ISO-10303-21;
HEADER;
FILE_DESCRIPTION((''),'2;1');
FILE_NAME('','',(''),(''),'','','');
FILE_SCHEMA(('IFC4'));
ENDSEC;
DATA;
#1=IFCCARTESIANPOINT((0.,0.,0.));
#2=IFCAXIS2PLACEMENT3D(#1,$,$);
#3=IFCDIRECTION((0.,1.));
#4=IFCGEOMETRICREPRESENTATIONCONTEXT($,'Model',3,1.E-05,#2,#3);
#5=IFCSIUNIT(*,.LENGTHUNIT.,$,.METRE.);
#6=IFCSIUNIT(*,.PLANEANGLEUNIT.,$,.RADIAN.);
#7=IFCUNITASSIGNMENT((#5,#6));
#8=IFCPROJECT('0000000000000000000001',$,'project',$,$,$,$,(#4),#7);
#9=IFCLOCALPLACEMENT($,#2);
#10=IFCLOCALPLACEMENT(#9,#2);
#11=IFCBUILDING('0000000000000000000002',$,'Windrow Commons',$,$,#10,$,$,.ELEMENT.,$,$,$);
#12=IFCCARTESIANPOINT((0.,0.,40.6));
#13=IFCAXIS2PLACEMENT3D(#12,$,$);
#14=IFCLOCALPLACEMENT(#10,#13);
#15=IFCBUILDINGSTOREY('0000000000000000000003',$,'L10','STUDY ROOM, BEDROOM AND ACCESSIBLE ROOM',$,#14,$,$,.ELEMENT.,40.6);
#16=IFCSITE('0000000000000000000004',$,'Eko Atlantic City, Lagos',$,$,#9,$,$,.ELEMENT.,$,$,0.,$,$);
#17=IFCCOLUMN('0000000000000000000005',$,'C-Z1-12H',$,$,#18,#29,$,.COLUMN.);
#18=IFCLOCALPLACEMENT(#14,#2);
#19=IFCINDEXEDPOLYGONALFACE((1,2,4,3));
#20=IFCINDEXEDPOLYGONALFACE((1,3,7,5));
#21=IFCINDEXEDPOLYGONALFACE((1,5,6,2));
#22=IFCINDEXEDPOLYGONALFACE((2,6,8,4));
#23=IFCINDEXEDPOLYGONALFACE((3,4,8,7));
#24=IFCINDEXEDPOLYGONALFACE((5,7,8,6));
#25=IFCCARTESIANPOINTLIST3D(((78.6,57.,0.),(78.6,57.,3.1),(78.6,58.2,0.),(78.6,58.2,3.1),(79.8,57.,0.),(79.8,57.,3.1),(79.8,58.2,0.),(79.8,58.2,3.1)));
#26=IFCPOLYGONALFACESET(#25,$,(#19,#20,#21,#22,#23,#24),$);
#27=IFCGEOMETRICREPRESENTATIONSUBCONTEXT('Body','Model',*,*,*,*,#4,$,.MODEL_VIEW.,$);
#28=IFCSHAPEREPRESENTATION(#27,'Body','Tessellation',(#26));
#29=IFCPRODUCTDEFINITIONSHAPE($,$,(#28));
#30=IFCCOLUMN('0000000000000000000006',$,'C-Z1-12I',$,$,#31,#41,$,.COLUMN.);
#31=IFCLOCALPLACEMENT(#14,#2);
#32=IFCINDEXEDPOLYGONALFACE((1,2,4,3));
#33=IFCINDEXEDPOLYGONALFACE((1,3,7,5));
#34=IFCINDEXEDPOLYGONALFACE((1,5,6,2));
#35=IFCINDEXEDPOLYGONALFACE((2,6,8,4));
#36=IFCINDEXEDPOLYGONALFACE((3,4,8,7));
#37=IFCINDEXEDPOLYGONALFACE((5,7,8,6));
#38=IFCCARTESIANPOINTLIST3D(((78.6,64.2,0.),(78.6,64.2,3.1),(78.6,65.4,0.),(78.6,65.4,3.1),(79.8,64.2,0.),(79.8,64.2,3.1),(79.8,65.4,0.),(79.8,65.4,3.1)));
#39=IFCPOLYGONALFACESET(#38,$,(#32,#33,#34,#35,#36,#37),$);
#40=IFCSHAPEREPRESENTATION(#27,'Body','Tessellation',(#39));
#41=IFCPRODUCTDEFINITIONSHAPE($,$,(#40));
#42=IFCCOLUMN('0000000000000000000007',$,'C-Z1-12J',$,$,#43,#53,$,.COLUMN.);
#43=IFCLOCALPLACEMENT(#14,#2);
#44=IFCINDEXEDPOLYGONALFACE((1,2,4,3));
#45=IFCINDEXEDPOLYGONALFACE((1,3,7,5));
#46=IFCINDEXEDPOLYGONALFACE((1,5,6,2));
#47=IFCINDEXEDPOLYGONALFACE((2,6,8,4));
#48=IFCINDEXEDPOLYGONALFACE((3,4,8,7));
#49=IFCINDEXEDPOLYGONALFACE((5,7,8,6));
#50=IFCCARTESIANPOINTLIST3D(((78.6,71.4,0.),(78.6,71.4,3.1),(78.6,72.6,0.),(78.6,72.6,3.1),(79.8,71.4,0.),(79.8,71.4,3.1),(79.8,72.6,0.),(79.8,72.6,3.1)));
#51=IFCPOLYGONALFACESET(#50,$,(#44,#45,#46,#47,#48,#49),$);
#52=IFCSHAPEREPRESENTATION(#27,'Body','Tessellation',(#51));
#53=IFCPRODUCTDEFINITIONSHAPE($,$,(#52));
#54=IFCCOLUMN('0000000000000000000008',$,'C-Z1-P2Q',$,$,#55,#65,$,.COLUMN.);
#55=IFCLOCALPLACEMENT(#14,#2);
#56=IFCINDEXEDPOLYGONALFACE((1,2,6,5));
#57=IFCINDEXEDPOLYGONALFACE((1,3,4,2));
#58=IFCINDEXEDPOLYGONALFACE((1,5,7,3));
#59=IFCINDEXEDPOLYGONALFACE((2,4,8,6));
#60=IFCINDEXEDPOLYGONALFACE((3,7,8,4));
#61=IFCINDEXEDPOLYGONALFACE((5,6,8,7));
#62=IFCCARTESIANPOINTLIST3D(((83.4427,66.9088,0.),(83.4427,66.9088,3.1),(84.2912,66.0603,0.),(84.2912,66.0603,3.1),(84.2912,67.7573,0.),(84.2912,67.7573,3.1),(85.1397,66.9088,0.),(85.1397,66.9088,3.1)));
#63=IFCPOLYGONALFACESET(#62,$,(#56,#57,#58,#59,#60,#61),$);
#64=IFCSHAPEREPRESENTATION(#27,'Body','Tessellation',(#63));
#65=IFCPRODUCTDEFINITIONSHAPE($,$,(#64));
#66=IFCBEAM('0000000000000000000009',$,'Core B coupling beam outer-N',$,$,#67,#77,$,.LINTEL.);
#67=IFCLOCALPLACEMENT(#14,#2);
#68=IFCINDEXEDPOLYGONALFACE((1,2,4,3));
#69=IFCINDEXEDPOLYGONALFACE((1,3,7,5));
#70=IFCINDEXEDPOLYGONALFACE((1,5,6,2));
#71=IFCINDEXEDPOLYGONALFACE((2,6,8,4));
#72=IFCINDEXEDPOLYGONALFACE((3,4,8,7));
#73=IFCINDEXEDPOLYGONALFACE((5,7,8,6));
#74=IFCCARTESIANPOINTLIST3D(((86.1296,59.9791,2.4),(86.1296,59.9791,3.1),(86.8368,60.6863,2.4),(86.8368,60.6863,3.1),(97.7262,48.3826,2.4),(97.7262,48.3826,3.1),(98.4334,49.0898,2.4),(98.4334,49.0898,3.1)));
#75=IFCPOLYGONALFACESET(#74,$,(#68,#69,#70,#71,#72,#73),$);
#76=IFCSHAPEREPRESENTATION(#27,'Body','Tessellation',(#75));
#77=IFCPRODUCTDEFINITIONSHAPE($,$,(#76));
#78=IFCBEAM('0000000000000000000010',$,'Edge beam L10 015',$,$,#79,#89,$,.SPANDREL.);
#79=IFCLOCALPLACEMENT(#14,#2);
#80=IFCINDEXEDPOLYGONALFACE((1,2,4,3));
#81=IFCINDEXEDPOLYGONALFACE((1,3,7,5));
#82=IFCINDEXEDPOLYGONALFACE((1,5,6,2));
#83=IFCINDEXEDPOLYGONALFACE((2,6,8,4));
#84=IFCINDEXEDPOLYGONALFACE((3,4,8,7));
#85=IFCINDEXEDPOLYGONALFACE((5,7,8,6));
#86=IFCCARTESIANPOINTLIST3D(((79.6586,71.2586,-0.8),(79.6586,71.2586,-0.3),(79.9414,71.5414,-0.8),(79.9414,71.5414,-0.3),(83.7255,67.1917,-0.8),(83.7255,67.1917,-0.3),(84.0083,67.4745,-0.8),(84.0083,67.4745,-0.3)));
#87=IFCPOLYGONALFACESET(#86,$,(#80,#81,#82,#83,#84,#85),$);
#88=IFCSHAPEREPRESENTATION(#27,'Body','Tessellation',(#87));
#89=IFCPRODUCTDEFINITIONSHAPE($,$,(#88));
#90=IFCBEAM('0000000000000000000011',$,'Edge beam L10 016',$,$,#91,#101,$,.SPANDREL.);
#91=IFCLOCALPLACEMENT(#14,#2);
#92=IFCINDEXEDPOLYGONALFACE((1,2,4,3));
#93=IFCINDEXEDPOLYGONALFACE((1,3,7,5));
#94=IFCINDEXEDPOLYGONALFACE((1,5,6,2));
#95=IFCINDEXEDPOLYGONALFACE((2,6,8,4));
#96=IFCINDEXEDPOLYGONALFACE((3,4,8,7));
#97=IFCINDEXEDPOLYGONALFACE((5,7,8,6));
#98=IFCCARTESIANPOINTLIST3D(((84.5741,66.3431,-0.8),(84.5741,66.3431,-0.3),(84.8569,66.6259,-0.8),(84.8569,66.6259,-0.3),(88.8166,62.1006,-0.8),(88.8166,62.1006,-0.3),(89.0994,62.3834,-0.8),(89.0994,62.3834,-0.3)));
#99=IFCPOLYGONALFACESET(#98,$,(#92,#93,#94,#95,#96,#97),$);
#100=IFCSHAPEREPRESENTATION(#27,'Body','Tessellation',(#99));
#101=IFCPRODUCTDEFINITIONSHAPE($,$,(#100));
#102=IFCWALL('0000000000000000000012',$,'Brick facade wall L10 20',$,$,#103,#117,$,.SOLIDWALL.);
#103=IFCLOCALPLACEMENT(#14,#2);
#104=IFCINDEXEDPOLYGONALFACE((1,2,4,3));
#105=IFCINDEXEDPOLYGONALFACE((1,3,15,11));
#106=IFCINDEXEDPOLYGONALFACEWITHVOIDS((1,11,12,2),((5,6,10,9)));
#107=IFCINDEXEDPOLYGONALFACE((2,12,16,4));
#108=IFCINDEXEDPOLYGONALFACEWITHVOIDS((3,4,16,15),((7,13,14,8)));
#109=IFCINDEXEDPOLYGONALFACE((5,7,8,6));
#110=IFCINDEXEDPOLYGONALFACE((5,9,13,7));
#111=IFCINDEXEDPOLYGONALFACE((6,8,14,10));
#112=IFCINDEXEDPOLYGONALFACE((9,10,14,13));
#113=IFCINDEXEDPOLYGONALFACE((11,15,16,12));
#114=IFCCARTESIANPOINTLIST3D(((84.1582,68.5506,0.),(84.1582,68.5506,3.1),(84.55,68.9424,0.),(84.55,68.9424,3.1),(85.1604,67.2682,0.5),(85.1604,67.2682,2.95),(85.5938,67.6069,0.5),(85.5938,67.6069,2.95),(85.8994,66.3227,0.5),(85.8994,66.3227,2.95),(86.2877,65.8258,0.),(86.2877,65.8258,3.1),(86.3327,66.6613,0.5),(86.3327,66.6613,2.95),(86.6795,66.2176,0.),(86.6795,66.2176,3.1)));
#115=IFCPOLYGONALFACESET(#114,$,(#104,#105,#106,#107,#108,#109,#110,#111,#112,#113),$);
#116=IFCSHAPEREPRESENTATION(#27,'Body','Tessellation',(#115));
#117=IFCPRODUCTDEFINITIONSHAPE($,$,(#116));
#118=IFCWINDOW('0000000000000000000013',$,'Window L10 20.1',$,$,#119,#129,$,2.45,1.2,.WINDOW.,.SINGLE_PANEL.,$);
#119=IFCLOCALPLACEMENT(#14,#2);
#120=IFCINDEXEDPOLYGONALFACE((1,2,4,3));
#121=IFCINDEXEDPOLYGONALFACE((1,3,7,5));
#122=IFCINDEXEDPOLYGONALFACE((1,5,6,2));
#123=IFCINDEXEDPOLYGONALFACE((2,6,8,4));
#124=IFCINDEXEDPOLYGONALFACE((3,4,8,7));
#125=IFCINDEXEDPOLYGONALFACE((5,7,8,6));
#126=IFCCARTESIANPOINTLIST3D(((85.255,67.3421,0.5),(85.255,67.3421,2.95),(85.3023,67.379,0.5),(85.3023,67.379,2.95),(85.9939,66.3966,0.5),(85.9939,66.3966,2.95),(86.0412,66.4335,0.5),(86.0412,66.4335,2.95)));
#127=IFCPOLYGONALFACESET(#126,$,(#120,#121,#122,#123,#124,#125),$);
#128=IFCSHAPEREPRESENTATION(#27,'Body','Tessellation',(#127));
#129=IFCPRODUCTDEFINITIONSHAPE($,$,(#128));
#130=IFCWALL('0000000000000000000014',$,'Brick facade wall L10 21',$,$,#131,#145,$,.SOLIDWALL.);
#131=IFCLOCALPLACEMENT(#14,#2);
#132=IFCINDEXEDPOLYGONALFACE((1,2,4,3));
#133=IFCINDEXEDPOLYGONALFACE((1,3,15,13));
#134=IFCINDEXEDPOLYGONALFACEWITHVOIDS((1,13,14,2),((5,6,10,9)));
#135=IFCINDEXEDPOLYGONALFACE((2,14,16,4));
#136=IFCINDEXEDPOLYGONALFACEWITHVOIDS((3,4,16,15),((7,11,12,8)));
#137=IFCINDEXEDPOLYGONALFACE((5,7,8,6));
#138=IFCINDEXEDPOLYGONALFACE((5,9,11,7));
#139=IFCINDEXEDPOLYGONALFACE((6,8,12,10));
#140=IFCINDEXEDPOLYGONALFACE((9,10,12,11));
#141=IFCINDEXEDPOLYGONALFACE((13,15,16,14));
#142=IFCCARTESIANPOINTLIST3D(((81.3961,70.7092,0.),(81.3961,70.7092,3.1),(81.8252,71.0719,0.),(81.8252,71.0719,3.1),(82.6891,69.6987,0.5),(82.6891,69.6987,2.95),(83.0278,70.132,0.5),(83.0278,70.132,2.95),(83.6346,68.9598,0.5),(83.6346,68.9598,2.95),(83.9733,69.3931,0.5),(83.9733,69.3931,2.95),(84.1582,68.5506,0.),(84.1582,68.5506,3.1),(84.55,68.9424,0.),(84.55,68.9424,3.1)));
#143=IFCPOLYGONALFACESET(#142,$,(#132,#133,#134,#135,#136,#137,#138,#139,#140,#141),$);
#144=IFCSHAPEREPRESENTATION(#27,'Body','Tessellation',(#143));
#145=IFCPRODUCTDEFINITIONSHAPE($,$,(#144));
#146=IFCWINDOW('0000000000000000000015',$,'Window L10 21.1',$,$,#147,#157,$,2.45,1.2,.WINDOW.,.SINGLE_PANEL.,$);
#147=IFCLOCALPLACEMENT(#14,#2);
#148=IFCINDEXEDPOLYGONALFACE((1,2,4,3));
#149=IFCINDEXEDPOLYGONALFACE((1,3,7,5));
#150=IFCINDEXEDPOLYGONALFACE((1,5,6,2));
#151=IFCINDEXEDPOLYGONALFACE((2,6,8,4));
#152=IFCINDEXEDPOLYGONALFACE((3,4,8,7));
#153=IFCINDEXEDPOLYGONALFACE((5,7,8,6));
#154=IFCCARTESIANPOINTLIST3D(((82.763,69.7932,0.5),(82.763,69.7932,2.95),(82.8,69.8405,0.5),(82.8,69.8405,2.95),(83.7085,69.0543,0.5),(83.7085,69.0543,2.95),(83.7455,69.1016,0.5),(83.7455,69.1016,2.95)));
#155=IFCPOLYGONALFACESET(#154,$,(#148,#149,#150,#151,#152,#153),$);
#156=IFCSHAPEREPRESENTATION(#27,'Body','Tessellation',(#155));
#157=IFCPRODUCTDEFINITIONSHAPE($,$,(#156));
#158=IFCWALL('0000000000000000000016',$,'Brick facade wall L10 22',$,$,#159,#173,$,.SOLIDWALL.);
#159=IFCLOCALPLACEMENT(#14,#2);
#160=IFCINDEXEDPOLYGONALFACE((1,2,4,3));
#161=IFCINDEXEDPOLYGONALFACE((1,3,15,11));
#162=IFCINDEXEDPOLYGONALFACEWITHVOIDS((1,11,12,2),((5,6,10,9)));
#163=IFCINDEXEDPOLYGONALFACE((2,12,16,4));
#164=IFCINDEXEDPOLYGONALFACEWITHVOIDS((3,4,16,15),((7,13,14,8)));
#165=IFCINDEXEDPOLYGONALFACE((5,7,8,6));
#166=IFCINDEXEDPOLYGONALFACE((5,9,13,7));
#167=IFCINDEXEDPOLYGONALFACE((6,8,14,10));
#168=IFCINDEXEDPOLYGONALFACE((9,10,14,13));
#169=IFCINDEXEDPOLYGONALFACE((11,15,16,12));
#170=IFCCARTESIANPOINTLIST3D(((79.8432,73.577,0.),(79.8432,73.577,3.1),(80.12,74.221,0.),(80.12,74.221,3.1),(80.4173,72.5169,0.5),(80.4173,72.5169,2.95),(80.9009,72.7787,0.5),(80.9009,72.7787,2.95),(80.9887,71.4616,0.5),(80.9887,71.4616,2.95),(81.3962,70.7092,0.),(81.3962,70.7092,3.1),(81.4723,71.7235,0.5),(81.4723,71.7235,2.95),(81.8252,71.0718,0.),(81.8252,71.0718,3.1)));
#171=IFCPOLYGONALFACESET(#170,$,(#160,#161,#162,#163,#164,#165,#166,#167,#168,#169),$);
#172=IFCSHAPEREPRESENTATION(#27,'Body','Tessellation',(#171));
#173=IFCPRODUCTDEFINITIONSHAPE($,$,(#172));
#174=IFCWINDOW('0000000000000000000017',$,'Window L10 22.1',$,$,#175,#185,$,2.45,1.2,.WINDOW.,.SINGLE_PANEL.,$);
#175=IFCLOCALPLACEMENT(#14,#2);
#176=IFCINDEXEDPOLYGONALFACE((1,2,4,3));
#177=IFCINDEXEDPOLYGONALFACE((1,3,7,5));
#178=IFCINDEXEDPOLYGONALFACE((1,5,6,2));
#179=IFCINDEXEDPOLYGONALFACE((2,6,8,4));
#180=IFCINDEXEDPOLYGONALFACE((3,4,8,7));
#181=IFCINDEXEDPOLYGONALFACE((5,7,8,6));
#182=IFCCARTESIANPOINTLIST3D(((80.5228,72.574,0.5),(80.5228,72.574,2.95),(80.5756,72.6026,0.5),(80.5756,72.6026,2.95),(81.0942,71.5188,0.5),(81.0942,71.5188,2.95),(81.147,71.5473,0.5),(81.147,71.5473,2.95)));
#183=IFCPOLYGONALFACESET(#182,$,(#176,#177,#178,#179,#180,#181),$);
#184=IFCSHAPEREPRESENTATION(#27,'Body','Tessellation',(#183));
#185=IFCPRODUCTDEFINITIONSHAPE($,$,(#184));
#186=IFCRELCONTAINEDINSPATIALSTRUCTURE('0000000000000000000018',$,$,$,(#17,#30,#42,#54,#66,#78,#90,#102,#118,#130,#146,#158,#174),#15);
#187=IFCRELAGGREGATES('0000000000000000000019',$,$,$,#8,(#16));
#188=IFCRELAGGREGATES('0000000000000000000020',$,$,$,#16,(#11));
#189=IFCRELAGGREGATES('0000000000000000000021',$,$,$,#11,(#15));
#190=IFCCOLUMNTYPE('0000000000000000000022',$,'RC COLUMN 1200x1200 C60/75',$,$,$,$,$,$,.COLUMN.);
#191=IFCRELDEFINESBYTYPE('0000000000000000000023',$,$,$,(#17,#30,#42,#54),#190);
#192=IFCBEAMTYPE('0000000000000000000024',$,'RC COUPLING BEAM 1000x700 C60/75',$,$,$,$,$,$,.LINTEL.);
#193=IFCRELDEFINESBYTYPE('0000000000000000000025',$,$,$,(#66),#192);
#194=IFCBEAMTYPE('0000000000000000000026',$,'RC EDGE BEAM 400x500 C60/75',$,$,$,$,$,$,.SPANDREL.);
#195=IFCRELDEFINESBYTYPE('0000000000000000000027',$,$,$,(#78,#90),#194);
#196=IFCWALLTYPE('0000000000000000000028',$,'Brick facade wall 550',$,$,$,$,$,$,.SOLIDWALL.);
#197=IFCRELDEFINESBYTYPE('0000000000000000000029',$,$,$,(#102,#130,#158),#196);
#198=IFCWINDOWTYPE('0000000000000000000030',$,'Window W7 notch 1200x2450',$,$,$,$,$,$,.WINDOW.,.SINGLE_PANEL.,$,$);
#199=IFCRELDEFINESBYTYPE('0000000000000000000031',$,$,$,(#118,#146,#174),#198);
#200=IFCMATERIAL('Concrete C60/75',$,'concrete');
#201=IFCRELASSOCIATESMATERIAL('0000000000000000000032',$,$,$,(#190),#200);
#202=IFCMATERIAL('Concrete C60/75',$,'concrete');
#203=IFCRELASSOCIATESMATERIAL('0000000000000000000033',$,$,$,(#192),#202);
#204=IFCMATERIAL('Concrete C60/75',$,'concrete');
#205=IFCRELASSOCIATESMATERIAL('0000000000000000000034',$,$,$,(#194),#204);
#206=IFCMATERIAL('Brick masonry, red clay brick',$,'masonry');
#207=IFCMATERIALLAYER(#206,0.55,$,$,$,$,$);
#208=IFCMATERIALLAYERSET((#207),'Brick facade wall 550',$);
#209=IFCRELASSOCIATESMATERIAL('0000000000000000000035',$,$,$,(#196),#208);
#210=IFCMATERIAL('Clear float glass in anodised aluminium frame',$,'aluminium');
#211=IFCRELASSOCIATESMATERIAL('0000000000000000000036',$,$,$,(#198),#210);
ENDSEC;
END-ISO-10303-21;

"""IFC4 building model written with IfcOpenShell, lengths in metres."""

from ifc_helpers import new_model, si_unit, direction, frame, frame_2d, origin, origin_2d, place, context, subcontext, project, spatial, polyline, rectangle, outline, extrude, material, layer, layer_set, material_profile, profile_set, type_object, element, fill, save


model = new_model("IFC4")

# Units and contexts
model_context = context("Model", 3, precision=1e-05, world=origin(), true_north=direction((0.0, 1.0)))
body_context = subcontext(model_context, "Body", "Model", "MODEL_VIEW")
ifc_project = project(units=[si_unit("LENGTHUNIT", "METRE"), si_unit("PLANEANGLEUNIT", "RADIAN")], contexts=[model_context])

# Site, building, storey
site_placement = place(None, origin())
site = spatial("IfcSite", under=ifc_project, at=site_placement, Name="Eko Atlantic City, Lagos", CompositionType="ELEMENT", RefElevation=0.0)
building_placement = place(site_placement, origin())
building = spatial("IfcBuilding", under=site, at=building_placement, Name="Windrow Commons", CompositionType="ELEMENT")
storey_placement = place(building_placement, frame((0.0, 0.0, 40.6)))
storey = spatial("IfcBuildingStorey", under=building, at=storey_placement, Name="L10", Description="STUDY ROOM, BEDROOM AND ACCESSIBLE ROOM", CompositionType="ELEMENT", Elevation=40.6)

# Columns
ifc_material_1 = material(Name="Concrete C60/75", Category="concrete")
ifc_material_profile_1 = material_profile(ifc_material_1, rectangle(XDim=1.2, YDim=1.2, at=origin_2d()))
ifc_profile_set_1 = profile_set([ifc_material_profile_1], Name="Concrete C60/75")
column_type = type_object("IfcColumnType", Name="RC COLUMN 1200x1200 C60/75", PredefinedType="COLUMN", material=ifc_profile_set_1)
for number, where, z_axis, x_axis, name in (
    (1, (79.2, 57.6, 0.0), (0.0, 0.0, 1.0), (1.0, 0.0, 0.0), "C-Z1-12H"),
    (2, (79.2, 64.8, 0.0), (0.0, 0.0, 1.0), (1.0, 0.0, 0.0), "C-Z1-12I"),
    (3, (79.2, 72.0, 0.0), (0.0, 0.0, 1.0), (1.0, 0.0, 0.0), "C-Z1-12J"),
    (4, (84.2912, 66.9088, 0.0), (0.0, 0.0, 1.0), (0.707107, -0.707107, 0.0), "C-Z1-P2Q"),
):
    element("IfcColumn", number, at=place(storey_placement, frame(where, z_axis=z_axis, x_axis=x_axis)), inside=storey, type_object=column_type, Name=name, PredefinedType="COLUMN", context=body_context, shape_type="SweptSolid", body=[
        extrude(rectangle(XDim=1.2, YDim=1.2, at=origin_2d()), origin(), (0.0, 0.0, 1.0), 3.1),
    ])

# Beams
ifc_material_2 = material(Name="Concrete C60/75", Category="concrete")
ifc_material_profile_2 = material_profile(ifc_material_2, rectangle(XDim=1.0, YDim=0.7, at=origin_2d()))
ifc_profile_set_2 = profile_set([ifc_material_profile_2], Name="Concrete C60/75")
beam_type_1 = type_object("IfcBeamType", Name="RC COUPLING BEAM 1000x700 C60/75", PredefinedType="LINTEL", material=ifc_profile_set_2)
beam_1_placement = place(storey_placement, frame((86.4832, 60.3327, 2.75), z_axis=(0.70711, -0.707104, 0.0), x_axis=(0.707104, 0.70711, 0.0)))
element("IfcBeam", 5, at=beam_1_placement, inside=storey, type_object=beam_type_1, Name="Core B coupling beam outer-N", PredefinedType="LINTEL", context=body_context, shape_type="SweptSolid", body=[
    extrude(rectangle(XDim=1.0, YDim=0.7, at=origin_2d()), origin(), (0.0, 0.0, 1.0), 16.4),
])
ifc_material_3 = material(Name="Concrete C60/75", Category="concrete")
ifc_material_profile_3 = material_profile(ifc_material_3, rectangle(XDim=0.4, YDim=0.5, at=origin_2d()))
ifc_profile_set_3 = profile_set([ifc_material_profile_3], Name="Concrete C60/75")
beam_type_2 = type_object("IfcBeamType", Name="RC EDGE BEAM 400x500 C60/75", PredefinedType="SPANDREL", material=ifc_profile_set_3)
beam_2_placement = place(storey_placement, frame((79.8, 71.4, -0.55), z_axis=(0.707107, -0.707107, 0.0), x_axis=(0.707107, 0.707107, 0.0)))
element("IfcBeam", 6, at=beam_2_placement, inside=storey, type_object=beam_type_2, Name="Edge beam L10 015", PredefinedType="SPANDREL", context=body_context, shape_type="SweptSolid", body=[
    extrude(rectangle(XDim=0.4, YDim=0.5, at=origin_2d()), origin(), (0.0, 0.0, 1.0), 5.7515),
])
beam_3_placement = place(storey_placement, frame((84.7155, 66.4845, -0.55), z_axis=(0.707107, -0.707107, 0.0), x_axis=(0.707107, 0.707107, 0.0)))
element("IfcBeam", 7, at=beam_3_placement, inside=storey, type_object=beam_type_2, Name="Edge beam L10 016", PredefinedType="SPANDREL", context=body_context, shape_type="SweptSolid", body=[
    extrude(rectangle(XDim=0.4, YDim=0.5, at=origin_2d()), origin(), (0.0, 0.0, 1.0), 5.9998),
])

# Walls, openings, windows
ifc_material_4 = material(Name="Brick masonry, red clay brick", Category="masonry")
ifc_layer_1 = layer(ifc_material_4, 0.55)
ifc_layer_set_1 = layer_set([ifc_layer_1], Name="Brick facade wall 550")
wall_type_1 = type_object("IfcWallType", Name="Brick facade wall 550", PredefinedType="SOLIDWALL", material=ifc_layer_set_1)
wall_1_placement = place(storey_placement, frame((86.4836, 66.0217, 0.0), z_axis=(0.0, 0.0, 1.0), x_axis=(-0.615779, 0.787919, 0.0)))
wall_1 = element("IfcWall", 8, at=wall_1_placement, inside=storey, type_object=wall_type_1, Name="Brick facade wall L10 20", PredefinedType="SOLIDWALL", context=body_context, shape_type="SweptSolid", body=[
    extrude(outline(polyline([(0.0337, -0.275), (3.4919, -0.275), (3.4245, 0.275), (-0.0337, 0.275), (0.0337, -0.275)])), origin(), (0.0, 0.0, 1.0), 3.1),
])
opening_1_placement = place(wall_1_placement, frame((0.5969, 0.0, 0.5)))
opening_1 = element("IfcOpeningElement", 9, at=opening_1_placement, cuts=wall_1, PredefinedType="OPENING", context=body_context, shape_type="SweptSolid", body=[
    extrude(rectangle(XDim=1.2, YDim=2.45, at=frame_2d((0.6, 1.225))), frame((0.0, 0.285, 0.0), z_axis=(0.0, -1.0, 0.0), x_axis=(1.0, 0.0, 0.0)), (0.0, 0.0, 1.0), 0.57),
])
ifc_material_5 = material(Name="Clear float glass in anodised aluminium frame", Category="aluminium")
window_type = type_object("IfcWindowType", Name="Window W7 notch 1200x2450", PartitioningType="SINGLE_PANEL", PredefinedType="WINDOW", material=ifc_material_5)
window_1_placement = place(opening_1_placement, origin())
window_1 = element("IfcWindow", 10, at=window_1_placement, inside=storey, type_object=window_type, Name="Window L10 20.1", OverallHeight=2.45, OverallWidth=1.2, PartitioningType="SINGLE_PANEL", PredefinedType="WINDOW", context=body_context, shape_type="SweptSolid", body=[
    extrude(rectangle(XDim=1.2, YDim=2.45, at=frame_2d((0.6, 1.225))), frame((0.0, 0.155, 0.0), z_axis=(0.0, -1.0, 0.0), x_axis=(1.0, 0.0, 0.0)), (0.0, 0.0, 1.0), 0.06),
])
fill(opening_1, window_1)
wall_2_placement = place(storey_placement, frame((84.3541, 68.7465, 0.0), z_axis=(0.0, 0.0, 1.0), x_axis=(-0.787924, 0.615772, 0.0)))
wall_2 = element("IfcWall", 11, at=wall_2_placement, inside=storey, type_object=wall_type_1, Name="Brick facade wall L10 21", PredefinedType="SOLIDWALL", context=body_context, shape_type="SweptSolid", body=[
    extrude(outline(polyline([(-0.0337, -0.275), (3.4245, -0.275), (3.5392, 0.275), (0.0337, 0.275), (-0.0337, -0.275)])), origin(), (0.0, 0.0, 1.0), 3.1),
])
opening_2_placement = place(wall_2_placement, frame((0.6982, 0.0, 0.5)))
opening_2 = element("IfcOpeningElement", 12, at=opening_2_placement, cuts=wall_2, PredefinedType="OPENING", context=body_context, shape_type="SweptSolid", body=[
    extrude(rectangle(XDim=1.2, YDim=2.45, at=frame_2d((0.6, 1.225))), frame((0.0, 0.285, 0.0), z_axis=(0.0, -1.0, 0.0), x_axis=(1.0, 0.0, 0.0)), (0.0, 0.0, 1.0), 0.57),
])
window_2_placement = place(opening_2_placement, origin())
window_2 = element("IfcWindow", 13, at=window_2_placement, inside=storey, type_object=window_type, Name="Window L10 21.1", OverallHeight=2.45, OverallWidth=1.2, PartitioningType="SINGLE_PANEL", PredefinedType="WINDOW", context=body_context, shape_type="SweptSolid", body=[
    extrude(rectangle(XDim=1.2, YDim=2.45, at=frame_2d((0.6, 1.225))), frame((0.0, 0.155, 0.0), z_axis=(0.0, -1.0, 0.0), x_axis=(1.0, 0.0, 0.0)), (0.0, 0.0, 1.0), 0.06),
])
fill(opening_2, window_2)
wall_3_placement = place(storey_placement, frame((81.6107, 70.8905, 0.0), z_axis=(0.0, 0.0, 1.0), x_axis=(-0.476169, 0.879354, 0.0)))
wall_3 = element("IfcWall", 14, at=wall_3_placement, inside=storey, type_object=wall_type_1, Name="Brick facade wall L10 22", PredefinedType="SOLIDWALL", context=body_context, shape_type="SweptSolid", body=[
    extrude(outline(polyline([(0.0573, -0.275), (3.6385, -0.275), (3.204, 0.275), (-0.0573, 0.275), (0.0573, -0.275)])), origin(), (0.0, 0.0, 1.0), 3.1),
])
opening_3_placement = place(wall_3_placement, frame((0.7984, 0.0, 0.5)))
opening_3 = element("IfcOpeningElement", 15, at=opening_3_placement, cuts=wall_3, PredefinedType="OPENING", context=body_context, shape_type="SweptSolid", body=[
    extrude(rectangle(XDim=1.2, YDim=2.45, at=frame_2d((0.6, 1.225))), frame((0.0, 0.285, 0.0), z_axis=(0.0, -1.0, 0.0), x_axis=(1.0, 0.0, 0.0)), (0.0, 0.0, 1.0), 0.57),
])
window_3_placement = place(opening_3_placement, origin())
window_3 = element("IfcWindow", 16, at=window_3_placement, inside=storey, type_object=window_type, Name="Window L10 22.1", OverallHeight=2.45, OverallWidth=1.2, PartitioningType="SINGLE_PANEL", PredefinedType="WINDOW", context=body_context, shape_type="SweptSolid", body=[
    extrude(rectangle(XDim=1.2, YDim=2.45, at=frame_2d((0.6, 1.225))), frame((0.0, 0.155, 0.0), z_axis=(0.0, -1.0, 0.0), x_axis=(1.0, 0.0, 0.0)), (0.0, 0.0, 1.0), 0.06),
])
fill(opening_3, window_3)

save(model, "model.ifc")
